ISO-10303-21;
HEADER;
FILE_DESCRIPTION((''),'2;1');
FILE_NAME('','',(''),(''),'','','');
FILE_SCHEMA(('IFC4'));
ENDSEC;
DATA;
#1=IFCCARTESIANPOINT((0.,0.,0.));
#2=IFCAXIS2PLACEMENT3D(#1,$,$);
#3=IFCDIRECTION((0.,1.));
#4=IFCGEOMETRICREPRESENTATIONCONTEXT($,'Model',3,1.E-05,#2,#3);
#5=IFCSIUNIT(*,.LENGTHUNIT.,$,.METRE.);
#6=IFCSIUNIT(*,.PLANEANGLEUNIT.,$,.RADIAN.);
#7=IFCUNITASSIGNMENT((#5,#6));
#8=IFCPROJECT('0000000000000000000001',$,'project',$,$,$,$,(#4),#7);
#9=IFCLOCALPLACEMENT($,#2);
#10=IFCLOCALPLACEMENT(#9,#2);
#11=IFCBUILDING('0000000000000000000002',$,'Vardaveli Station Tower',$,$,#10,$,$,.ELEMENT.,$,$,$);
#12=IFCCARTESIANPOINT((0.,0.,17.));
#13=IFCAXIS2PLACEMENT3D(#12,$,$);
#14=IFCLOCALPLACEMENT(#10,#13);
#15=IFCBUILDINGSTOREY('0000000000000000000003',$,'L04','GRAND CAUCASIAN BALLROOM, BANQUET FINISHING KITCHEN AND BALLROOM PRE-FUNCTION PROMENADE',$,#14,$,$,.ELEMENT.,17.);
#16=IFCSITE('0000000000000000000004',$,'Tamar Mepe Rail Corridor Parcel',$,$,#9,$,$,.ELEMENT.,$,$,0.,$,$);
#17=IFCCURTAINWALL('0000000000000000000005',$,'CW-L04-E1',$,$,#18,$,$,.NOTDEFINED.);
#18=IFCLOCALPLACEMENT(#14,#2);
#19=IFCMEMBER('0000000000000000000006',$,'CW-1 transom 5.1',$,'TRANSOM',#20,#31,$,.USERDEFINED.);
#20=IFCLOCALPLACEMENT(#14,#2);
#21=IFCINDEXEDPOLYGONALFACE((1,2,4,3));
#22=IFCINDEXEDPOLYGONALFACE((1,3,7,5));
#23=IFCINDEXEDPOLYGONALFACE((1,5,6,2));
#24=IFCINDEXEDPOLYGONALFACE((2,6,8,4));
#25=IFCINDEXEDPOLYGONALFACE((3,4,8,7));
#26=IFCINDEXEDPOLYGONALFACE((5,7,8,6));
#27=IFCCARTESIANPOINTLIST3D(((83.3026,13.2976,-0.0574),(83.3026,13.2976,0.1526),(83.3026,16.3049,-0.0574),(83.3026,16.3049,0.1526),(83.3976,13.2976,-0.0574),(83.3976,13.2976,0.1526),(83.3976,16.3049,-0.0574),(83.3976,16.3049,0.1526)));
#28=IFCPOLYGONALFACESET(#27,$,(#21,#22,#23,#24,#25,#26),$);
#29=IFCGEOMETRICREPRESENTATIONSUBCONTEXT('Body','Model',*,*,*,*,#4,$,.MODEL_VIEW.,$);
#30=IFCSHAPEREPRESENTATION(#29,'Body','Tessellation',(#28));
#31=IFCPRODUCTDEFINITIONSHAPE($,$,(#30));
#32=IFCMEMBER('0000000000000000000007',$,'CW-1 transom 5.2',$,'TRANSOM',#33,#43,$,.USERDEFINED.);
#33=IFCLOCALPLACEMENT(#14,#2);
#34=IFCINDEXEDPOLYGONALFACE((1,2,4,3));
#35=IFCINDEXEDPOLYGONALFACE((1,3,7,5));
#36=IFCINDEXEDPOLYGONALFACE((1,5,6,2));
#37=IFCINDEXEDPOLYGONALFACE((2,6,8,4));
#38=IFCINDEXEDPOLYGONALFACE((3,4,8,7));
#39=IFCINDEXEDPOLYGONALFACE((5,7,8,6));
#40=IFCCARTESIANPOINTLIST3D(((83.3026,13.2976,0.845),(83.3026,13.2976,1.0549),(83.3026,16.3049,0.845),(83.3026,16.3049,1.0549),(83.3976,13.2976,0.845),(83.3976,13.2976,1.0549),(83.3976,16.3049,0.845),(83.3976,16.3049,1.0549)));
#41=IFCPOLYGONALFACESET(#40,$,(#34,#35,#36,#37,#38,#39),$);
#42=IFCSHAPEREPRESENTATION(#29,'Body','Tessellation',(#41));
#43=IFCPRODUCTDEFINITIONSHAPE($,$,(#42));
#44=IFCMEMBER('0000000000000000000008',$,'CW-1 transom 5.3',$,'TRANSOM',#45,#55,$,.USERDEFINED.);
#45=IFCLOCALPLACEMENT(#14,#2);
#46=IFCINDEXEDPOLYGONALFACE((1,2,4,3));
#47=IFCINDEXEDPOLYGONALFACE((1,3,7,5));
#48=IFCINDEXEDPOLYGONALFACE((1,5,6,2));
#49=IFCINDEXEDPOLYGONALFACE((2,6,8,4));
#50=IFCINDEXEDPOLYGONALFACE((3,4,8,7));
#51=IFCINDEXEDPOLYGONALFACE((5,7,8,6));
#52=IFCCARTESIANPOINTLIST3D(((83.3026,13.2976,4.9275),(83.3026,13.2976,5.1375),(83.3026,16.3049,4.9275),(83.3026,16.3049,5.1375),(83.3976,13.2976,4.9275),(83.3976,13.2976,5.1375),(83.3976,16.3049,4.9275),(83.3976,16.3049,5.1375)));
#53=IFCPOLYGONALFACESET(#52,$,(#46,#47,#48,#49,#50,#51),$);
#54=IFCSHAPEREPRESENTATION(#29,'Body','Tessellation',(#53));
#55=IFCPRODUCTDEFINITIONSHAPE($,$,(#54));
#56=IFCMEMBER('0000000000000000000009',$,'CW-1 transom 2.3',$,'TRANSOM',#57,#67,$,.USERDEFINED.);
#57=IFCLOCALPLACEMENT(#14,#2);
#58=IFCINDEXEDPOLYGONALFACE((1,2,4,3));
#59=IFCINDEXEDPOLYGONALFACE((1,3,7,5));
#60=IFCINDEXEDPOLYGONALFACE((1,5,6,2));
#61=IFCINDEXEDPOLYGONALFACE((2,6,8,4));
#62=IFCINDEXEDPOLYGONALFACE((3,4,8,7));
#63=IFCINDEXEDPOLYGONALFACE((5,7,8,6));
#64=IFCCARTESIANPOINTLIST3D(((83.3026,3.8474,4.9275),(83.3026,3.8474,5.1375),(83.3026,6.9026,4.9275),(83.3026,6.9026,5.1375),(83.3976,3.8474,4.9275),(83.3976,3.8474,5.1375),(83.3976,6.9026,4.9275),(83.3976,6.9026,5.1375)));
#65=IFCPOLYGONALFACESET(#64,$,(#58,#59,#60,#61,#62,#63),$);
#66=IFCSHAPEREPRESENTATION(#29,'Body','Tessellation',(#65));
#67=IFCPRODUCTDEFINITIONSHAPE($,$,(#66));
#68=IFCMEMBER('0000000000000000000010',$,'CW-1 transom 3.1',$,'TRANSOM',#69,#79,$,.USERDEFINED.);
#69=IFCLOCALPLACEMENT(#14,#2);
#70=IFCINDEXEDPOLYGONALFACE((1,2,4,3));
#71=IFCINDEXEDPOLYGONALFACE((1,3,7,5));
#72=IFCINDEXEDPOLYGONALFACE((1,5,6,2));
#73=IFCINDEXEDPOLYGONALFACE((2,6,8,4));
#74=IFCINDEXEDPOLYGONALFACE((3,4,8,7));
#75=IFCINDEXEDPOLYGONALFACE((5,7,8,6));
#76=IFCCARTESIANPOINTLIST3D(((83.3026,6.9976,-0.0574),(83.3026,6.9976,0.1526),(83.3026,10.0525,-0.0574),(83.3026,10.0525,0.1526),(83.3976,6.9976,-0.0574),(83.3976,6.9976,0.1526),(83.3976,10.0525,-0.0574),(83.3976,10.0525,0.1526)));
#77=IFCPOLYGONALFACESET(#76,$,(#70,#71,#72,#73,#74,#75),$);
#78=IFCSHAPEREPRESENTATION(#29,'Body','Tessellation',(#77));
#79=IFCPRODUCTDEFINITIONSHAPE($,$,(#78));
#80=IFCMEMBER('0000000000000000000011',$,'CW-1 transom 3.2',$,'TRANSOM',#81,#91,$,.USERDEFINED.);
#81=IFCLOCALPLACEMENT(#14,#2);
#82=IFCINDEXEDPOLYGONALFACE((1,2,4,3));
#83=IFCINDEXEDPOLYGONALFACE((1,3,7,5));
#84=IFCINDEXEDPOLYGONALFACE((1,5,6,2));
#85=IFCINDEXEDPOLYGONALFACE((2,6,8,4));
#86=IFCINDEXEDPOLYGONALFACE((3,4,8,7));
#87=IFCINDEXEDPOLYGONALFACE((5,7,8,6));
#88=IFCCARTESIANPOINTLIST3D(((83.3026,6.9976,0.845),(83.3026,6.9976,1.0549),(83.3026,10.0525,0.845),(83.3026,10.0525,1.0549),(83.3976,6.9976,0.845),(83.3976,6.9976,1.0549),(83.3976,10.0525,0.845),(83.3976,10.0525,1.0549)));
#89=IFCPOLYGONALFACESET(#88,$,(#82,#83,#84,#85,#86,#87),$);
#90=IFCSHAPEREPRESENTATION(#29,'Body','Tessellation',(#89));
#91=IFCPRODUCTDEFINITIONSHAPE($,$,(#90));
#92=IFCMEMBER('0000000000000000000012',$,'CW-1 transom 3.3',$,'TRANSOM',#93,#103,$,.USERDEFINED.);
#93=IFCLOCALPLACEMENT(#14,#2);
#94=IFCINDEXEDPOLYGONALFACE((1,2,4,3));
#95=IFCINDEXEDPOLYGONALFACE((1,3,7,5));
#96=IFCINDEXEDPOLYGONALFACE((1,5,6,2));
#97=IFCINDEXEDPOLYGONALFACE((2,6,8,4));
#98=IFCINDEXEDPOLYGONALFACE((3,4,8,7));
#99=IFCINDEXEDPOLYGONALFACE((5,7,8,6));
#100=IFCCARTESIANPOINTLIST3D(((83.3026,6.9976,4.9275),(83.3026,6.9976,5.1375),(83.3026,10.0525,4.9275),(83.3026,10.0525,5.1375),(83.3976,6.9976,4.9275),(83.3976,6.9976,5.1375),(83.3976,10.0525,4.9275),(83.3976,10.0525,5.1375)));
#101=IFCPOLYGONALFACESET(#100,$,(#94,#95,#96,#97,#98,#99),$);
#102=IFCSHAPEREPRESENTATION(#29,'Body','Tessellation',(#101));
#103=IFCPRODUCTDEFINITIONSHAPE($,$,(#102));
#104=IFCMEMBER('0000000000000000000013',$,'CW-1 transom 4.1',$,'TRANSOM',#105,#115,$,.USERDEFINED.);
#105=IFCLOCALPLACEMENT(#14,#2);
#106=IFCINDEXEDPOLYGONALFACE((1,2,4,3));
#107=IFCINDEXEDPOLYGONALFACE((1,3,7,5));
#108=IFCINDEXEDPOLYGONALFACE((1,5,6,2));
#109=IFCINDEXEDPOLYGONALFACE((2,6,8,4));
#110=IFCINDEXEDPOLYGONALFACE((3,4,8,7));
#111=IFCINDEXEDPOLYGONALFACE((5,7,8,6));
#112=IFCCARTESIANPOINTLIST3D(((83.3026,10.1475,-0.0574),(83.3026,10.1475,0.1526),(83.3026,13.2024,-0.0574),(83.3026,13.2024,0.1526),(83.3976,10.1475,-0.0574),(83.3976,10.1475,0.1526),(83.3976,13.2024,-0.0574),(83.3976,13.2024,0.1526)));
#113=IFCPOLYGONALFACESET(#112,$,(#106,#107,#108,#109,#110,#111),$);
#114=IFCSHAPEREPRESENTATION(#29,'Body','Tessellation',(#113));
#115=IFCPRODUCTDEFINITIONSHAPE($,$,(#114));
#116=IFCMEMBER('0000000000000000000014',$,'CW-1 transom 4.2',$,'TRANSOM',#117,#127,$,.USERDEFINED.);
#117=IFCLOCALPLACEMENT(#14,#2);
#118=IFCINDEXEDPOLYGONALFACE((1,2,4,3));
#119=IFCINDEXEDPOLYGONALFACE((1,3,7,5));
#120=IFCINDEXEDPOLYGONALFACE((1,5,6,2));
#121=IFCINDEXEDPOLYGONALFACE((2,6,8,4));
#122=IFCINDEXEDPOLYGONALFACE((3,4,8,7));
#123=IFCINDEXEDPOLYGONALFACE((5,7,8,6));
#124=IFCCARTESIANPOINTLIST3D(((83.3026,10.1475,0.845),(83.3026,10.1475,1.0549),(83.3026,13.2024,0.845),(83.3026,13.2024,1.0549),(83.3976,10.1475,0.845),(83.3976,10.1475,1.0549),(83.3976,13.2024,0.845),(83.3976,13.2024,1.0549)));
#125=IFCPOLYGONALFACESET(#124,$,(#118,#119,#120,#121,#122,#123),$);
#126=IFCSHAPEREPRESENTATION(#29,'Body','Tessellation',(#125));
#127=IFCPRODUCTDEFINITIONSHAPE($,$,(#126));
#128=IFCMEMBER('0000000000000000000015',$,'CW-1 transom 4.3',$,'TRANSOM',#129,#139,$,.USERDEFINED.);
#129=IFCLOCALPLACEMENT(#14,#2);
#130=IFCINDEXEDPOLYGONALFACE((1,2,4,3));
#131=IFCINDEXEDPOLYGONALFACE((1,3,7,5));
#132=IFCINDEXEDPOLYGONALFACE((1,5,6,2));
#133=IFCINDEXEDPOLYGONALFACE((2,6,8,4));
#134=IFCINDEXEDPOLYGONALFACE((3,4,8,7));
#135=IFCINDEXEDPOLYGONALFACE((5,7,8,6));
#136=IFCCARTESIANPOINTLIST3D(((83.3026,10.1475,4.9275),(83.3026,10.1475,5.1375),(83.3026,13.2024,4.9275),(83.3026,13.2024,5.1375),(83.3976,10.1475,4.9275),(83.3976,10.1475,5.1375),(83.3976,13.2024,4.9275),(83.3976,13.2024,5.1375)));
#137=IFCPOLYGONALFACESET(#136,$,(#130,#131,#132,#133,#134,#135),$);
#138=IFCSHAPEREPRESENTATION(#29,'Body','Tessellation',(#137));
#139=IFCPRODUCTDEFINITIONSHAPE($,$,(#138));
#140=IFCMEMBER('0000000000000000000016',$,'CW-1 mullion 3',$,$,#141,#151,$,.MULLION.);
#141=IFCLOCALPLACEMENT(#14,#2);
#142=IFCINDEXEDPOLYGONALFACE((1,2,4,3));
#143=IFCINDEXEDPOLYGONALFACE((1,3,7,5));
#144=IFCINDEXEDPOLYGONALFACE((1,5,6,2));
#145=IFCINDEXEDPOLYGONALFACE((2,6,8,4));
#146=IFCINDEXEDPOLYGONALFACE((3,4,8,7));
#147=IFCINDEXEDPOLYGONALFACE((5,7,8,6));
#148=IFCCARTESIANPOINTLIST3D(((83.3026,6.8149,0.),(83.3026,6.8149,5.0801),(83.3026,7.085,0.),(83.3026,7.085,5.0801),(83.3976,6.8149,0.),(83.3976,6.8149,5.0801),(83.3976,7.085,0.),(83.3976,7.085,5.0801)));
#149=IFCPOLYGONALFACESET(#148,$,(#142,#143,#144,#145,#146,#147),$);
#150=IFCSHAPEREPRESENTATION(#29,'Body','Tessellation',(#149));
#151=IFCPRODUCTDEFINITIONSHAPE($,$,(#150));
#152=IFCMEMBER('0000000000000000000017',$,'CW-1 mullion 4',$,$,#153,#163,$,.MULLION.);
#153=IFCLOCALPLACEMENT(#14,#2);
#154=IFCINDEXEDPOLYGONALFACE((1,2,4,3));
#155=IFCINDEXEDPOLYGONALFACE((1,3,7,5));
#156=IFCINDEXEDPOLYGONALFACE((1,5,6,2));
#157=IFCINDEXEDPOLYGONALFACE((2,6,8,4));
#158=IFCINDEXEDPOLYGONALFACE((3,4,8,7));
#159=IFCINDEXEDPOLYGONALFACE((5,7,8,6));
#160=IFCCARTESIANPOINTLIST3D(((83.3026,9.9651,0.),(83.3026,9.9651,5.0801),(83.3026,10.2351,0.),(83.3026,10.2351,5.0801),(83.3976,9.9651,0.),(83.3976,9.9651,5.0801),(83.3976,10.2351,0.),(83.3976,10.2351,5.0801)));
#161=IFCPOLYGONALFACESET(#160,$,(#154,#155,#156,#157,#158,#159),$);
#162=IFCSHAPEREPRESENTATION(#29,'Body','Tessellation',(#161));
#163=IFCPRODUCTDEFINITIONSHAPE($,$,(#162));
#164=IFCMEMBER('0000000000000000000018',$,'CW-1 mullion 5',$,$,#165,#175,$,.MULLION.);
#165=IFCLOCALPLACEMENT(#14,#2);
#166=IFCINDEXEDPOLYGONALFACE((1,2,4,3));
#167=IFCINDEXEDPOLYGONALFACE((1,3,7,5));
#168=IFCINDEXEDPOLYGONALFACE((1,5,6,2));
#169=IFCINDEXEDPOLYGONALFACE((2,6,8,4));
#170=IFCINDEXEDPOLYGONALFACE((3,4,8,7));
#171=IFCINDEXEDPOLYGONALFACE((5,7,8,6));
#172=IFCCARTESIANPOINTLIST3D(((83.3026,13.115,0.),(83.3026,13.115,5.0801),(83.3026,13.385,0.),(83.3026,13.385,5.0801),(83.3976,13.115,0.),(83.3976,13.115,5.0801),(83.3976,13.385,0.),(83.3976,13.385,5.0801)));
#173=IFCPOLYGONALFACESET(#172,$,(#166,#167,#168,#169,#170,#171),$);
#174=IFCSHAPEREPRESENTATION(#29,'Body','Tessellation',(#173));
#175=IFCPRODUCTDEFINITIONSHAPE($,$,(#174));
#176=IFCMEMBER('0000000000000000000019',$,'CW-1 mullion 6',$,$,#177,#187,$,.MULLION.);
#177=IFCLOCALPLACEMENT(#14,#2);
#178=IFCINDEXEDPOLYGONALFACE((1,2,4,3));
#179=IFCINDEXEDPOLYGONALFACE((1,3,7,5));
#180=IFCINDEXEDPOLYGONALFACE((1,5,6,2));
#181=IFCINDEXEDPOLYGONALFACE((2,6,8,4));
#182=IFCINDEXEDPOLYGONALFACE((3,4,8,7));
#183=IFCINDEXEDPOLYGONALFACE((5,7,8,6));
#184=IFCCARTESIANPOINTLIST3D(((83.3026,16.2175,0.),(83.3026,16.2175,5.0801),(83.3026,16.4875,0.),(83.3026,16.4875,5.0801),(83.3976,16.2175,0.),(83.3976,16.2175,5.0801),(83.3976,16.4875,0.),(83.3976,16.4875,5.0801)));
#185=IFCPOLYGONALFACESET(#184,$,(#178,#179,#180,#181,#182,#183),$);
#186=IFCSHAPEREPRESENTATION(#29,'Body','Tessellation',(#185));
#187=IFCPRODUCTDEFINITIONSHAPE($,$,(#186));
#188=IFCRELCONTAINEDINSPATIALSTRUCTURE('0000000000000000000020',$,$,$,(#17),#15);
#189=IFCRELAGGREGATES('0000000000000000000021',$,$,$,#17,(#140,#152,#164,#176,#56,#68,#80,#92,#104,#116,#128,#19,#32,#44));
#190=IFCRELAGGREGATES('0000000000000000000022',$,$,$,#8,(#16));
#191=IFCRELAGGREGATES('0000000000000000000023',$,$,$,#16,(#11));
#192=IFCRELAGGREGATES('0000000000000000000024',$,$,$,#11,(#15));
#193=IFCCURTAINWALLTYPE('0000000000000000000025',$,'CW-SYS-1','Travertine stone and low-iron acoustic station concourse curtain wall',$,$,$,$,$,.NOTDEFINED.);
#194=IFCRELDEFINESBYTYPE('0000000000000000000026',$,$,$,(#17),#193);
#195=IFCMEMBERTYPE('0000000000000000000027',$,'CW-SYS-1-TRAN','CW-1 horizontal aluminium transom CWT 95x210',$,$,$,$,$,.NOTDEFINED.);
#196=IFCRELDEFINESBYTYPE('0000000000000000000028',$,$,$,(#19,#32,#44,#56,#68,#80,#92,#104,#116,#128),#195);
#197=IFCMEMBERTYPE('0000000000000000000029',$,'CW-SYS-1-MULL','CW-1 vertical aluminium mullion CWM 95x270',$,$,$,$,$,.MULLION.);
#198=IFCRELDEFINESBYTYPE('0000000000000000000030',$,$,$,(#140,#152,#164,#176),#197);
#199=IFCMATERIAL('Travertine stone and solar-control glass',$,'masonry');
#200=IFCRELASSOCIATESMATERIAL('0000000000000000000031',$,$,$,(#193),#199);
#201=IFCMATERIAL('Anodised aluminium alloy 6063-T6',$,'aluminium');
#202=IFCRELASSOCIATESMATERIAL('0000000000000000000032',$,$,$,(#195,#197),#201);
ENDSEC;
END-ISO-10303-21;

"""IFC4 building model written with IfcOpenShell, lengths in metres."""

from ifc_helpers import new_model, si_unit, direction, frame, origin, origin_2d, place, context, subcontext, project, spatial, rectangle, extrude, source, transform, mapped, material, material_profile, profile_set, type_object, element, aggregate, save


model = new_model("IFC4")

# Units and contexts
model_context = context("Model", 3, precision=1e-05, world=origin(), true_north=direction((0.0, 1.0)))
body_context = subcontext(model_context, "Body", "Model", "MODEL_VIEW")
ifc_project = project(units=[si_unit("LENGTHUNIT", "METRE"), si_unit("PLANEANGLEUNIT", "RADIAN")], contexts=[model_context])

# Site, building, storey
site_placement = place(None, origin())
site = spatial("IfcSite", under=ifc_project, at=site_placement, Name="Tamar Mepe Rail Corridor Parcel", CompositionType="ELEMENT", RefElevation=0.0)
building_placement = place(site_placement, origin())
building = spatial("IfcBuilding", under=site, at=building_placement, Name="Vardaveli Station Tower", CompositionType="ELEMENT")
storey_placement = place(building_placement, frame((0.0, 0.0, 17.0)))
storey = spatial("IfcBuildingStorey", under=building, at=storey_placement, Name="L04", Description="GRAND CAUCASIAN BALLROOM, BANQUET FINISHING KITCHEN AND BALLROOM PRE-FUNCTION PROMENADE", CompositionType="ELEMENT", Elevation=17.0)

# Curtain wall, members
ifc_material_1 = material(Name="Travertine stone and solar-control glass", Category="masonry")
curtain_wall_type = type_object("IfcCurtainWallType", Name="CW-SYS-1", Description="Travertine stone and low-iron acoustic station concourse curtain wall", PredefinedType="NOTDEFINED", material=ifc_material_1)
curtain_wall_placement = place(storey_placement, origin())
curtain_wall = element("IfcCurtainWall", 1, at=curtain_wall_placement, inside=storey, type_object=curtain_wall_type, Name="CW-L04-E1", PredefinedType="NOTDEFINED")
ifc_material_2 = material(Name="Anodised aluminium alloy 6063-T6", Category="aluminium")
ifc_material_profile_1 = material_profile(ifc_material_2, rectangle(XDim=0.095, YDim=0.21, at=origin_2d()), Name="CWT 95x210")
ifc_profile_set_1 = profile_set([ifc_material_profile_1], Name="Anodised aluminium alloy 6063-T6")
member_type_1 = type_object("IfcMemberType", Name="CW-SYS-1-TRAN", Description="CW-1 horizontal aluminium transom CWT 95x210", PredefinedType="NOTDEFINED", material=ifc_profile_set_1)
shared_shape_1 = source(origin(), body_context, "Body", "SweptSolid", [
    extrude(rectangle(XDim=0.095, YDim=0.21, at=origin_2d()), origin(), (0.0, 0.0, 1.0), 3.0073),
])
member_1_placement = place(storey_placement, frame((83.3501, 13.2976, 0.0476), z_axis=(0.0, 1.0, 0.0), x_axis=(-1.0, 0.0, 0.0)))
member_1 = element("IfcMember", 2, at=member_1_placement, type_object=member_type_1, Name="CW-1 transom 5.1", ObjectType="TRANSOM", PredefinedType="USERDEFINED", context=body_context, shape_type="MappedRepresentation", body=[
    mapped(shared_shape_1, transform((0.0, 0.0, 0.0), scale=1.0)),
])
member_2_placement = place(storey_placement, frame((83.3501, 13.2976, 0.95), z_axis=(0.0, 1.0, 0.0), x_axis=(-1.0, 0.0, 0.0)))
member_2 = element("IfcMember", 3, at=member_2_placement, type_object=member_type_1, Name="CW-1 transom 5.2", ObjectType="TRANSOM", PredefinedType="USERDEFINED", context=body_context, shape_type="MappedRepresentation", body=[
    mapped(shared_shape_1, transform((0.0, 0.0, 0.0), scale=1.0)),
])
member_3_placement = place(storey_placement, frame((83.3501, 13.2976, 5.0325), z_axis=(0.0, 1.0, 0.0), x_axis=(-1.0, 0.0, 0.0)))
member_3 = element("IfcMember", 4, at=member_3_placement, type_object=member_type_1, Name="CW-1 transom 5.3", ObjectType="TRANSOM", PredefinedType="USERDEFINED", context=body_context, shape_type="MappedRepresentation", body=[
    mapped(shared_shape_1, transform((0.0, 0.0, 0.0), scale=1.0)),
])
shared_shape_2 = source(origin(), body_context, "Body", "SweptSolid", [
    extrude(rectangle(XDim=0.095, YDim=0.21, at=origin_2d()), origin(), (0.0, 0.0, 1.0), 3.0552),
])
member_4_placement = place(storey_placement, frame((83.3501, 3.8474, 5.0325), z_axis=(0.0, 1.0, 0.0), x_axis=(-1.0, 0.0, 0.0)))
member_4 = element("IfcMember", 5, at=member_4_placement, type_object=member_type_1, Name="CW-1 transom 2.3", ObjectType="TRANSOM", PredefinedType="USERDEFINED", context=body_context, shape_type="MappedRepresentation", body=[
    mapped(shared_shape_2, transform((0.0, 0.0, 0.0), scale=1.0)),
])
shared_shape_3 = source(origin(), body_context, "Body", "SweptSolid", [
    extrude(rectangle(XDim=0.095, YDim=0.21, at=origin_2d()), origin(), (0.0, 0.0, 1.0), 3.0549),
])
member_5_placement = place(storey_placement, frame((83.3501, 6.9976, 0.0476), z_axis=(0.0, 1.0, 0.0), x_axis=(-1.0, 0.0, 0.0)))
member_5 = element("IfcMember", 6, at=member_5_placement, type_object=member_type_1, Name="CW-1 transom 3.1", ObjectType="TRANSOM", PredefinedType="USERDEFINED", context=body_context, shape_type="MappedRepresentation", body=[
    mapped(shared_shape_3, transform((0.0, 0.0, 0.0), scale=1.0)),
])
member_6_placement = place(storey_placement, frame((83.3501, 6.9976, 0.95), z_axis=(0.0, 1.0, 0.0), x_axis=(-1.0, 0.0, 0.0)))
member_6 = element("IfcMember", 7, at=member_6_placement, type_object=member_type_1, Name="CW-1 transom 3.2", ObjectType="TRANSOM", PredefinedType="USERDEFINED", context=body_context, shape_type="MappedRepresentation", body=[
    mapped(shared_shape_3, transform((0.0, 0.0, 0.0), scale=1.0)),
])
member_7_placement = place(storey_placement, frame((83.3501, 6.9976, 5.0325), z_axis=(0.0, 1.0, 0.0), x_axis=(-1.0, 0.0, 0.0)))
member_7 = element("IfcMember", 8, at=member_7_placement, type_object=member_type_1, Name="CW-1 transom 3.3", ObjectType="TRANSOM", PredefinedType="USERDEFINED", context=body_context, shape_type="MappedRepresentation", body=[
    mapped(shared_shape_3, transform((0.0, 0.0, 0.0), scale=1.0)),
])
member_8_placement = place(storey_placement, frame((83.3501, 10.1475, 0.0476), z_axis=(0.0, 1.0, 0.0), x_axis=(-1.0, 0.0, 0.0)))
member_8 = element("IfcMember", 9, at=member_8_placement, type_object=member_type_1, Name="CW-1 transom 4.1", ObjectType="TRANSOM", PredefinedType="USERDEFINED", context=body_context, shape_type="MappedRepresentation", body=[
    mapped(shared_shape_3, transform((0.0, 0.0, 0.0), scale=1.0)),
])
member_9_placement = place(storey_placement, frame((83.3501, 10.1475, 0.95), z_axis=(0.0, 1.0, 0.0), x_axis=(-1.0, 0.0, 0.0)))
member_9 = element("IfcMember", 10, at=member_9_placement, type_object=member_type_1, Name="CW-1 transom 4.2", ObjectType="TRANSOM", PredefinedType="USERDEFINED", context=body_context, shape_type="MappedRepresentation", body=[
    mapped(shared_shape_3, transform((0.0, 0.0, 0.0), scale=1.0)),
])
member_10_placement = place(storey_placement, frame((83.3501, 10.1475, 5.0325), z_axis=(0.0, 1.0, 0.0), x_axis=(-1.0, 0.0, 0.0)))
member_10 = element("IfcMember", 11, at=member_10_placement, type_object=member_type_1, Name="CW-1 transom 4.3", ObjectType="TRANSOM", PredefinedType="USERDEFINED", context=body_context, shape_type="MappedRepresentation", body=[
    mapped(shared_shape_3, transform((0.0, 0.0, 0.0), scale=1.0)),
])
ifc_material_profile_2 = material_profile(ifc_material_2, rectangle(XDim=0.095, YDim=0.27, at=origin_2d()), Name="CWM 95x270")
ifc_profile_set_2 = profile_set([ifc_material_profile_2], Name="Anodised aluminium alloy 6063-T6")
member_type_2 = type_object("IfcMemberType", Name="CW-SYS-1-MULL", Description="CW-1 vertical aluminium mullion CWM 95x270", PredefinedType="MULLION", material=ifc_profile_set_2)
shared_shape_4 = source(origin(), body_context, "Body", "SweptSolid", [
    extrude(rectangle(XDim=0.095, YDim=0.27, at=origin_2d()), origin(), (0.0, 0.0, 1.0), 5.0801),
])
member_11_placement = place(storey_placement, frame((83.3501, 6.95, 0.0), z_axis=(0.0, 0.0, 1.0), x_axis=(-1.0, 0.0, 0.0)))
member_11 = element("IfcMember", 12, at=member_11_placement, type_object=member_type_2, Name="CW-1 mullion 3", PredefinedType="MULLION", context=body_context, shape_type="MappedRepresentation", body=[
    mapped(shared_shape_4, transform((0.0, 0.0, 0.0), scale=1.0)),
])
member_12_placement = place(storey_placement, frame((83.3501, 10.1001, 0.0), z_axis=(0.0, 0.0, 1.0), x_axis=(-1.0, 0.0, 0.0)))
member_12 = element("IfcMember", 13, at=member_12_placement, type_object=member_type_2, Name="CW-1 mullion 4", PredefinedType="MULLION", context=body_context, shape_type="MappedRepresentation", body=[
    mapped(shared_shape_4, transform((0.0, 0.0, 0.0), scale=1.0)),
])
member_13_placement = place(storey_placement, frame((83.3501, 13.25, 0.0), z_axis=(0.0, 0.0, 1.0), x_axis=(-1.0, 0.0, 0.0)))
member_13 = element("IfcMember", 14, at=member_13_placement, type_object=member_type_2, Name="CW-1 mullion 5", PredefinedType="MULLION", context=body_context, shape_type="MappedRepresentation", body=[
    mapped(shared_shape_4, transform((0.0, 0.0, 0.0), scale=1.0)),
])
member_14_placement = place(storey_placement, frame((83.3501, 16.3525, 0.0), z_axis=(0.0, 0.0, 1.0), x_axis=(-1.0, 0.0, 0.0)))
member_14 = element("IfcMember", 15, at=member_14_placement, type_object=member_type_2, Name="CW-1 mullion 6", PredefinedType="MULLION", context=body_context, shape_type="MappedRepresentation", body=[
    mapped(shared_shape_4, transform((0.0, 0.0, 0.0), scale=1.0)),
])
aggregate(curtain_wall, [member_11, member_12, member_13, member_14, member_4, member_5, member_6, member_7, member_8, member_9, member_10, member_1, member_2, member_3])

save(model, "model.ifc")
